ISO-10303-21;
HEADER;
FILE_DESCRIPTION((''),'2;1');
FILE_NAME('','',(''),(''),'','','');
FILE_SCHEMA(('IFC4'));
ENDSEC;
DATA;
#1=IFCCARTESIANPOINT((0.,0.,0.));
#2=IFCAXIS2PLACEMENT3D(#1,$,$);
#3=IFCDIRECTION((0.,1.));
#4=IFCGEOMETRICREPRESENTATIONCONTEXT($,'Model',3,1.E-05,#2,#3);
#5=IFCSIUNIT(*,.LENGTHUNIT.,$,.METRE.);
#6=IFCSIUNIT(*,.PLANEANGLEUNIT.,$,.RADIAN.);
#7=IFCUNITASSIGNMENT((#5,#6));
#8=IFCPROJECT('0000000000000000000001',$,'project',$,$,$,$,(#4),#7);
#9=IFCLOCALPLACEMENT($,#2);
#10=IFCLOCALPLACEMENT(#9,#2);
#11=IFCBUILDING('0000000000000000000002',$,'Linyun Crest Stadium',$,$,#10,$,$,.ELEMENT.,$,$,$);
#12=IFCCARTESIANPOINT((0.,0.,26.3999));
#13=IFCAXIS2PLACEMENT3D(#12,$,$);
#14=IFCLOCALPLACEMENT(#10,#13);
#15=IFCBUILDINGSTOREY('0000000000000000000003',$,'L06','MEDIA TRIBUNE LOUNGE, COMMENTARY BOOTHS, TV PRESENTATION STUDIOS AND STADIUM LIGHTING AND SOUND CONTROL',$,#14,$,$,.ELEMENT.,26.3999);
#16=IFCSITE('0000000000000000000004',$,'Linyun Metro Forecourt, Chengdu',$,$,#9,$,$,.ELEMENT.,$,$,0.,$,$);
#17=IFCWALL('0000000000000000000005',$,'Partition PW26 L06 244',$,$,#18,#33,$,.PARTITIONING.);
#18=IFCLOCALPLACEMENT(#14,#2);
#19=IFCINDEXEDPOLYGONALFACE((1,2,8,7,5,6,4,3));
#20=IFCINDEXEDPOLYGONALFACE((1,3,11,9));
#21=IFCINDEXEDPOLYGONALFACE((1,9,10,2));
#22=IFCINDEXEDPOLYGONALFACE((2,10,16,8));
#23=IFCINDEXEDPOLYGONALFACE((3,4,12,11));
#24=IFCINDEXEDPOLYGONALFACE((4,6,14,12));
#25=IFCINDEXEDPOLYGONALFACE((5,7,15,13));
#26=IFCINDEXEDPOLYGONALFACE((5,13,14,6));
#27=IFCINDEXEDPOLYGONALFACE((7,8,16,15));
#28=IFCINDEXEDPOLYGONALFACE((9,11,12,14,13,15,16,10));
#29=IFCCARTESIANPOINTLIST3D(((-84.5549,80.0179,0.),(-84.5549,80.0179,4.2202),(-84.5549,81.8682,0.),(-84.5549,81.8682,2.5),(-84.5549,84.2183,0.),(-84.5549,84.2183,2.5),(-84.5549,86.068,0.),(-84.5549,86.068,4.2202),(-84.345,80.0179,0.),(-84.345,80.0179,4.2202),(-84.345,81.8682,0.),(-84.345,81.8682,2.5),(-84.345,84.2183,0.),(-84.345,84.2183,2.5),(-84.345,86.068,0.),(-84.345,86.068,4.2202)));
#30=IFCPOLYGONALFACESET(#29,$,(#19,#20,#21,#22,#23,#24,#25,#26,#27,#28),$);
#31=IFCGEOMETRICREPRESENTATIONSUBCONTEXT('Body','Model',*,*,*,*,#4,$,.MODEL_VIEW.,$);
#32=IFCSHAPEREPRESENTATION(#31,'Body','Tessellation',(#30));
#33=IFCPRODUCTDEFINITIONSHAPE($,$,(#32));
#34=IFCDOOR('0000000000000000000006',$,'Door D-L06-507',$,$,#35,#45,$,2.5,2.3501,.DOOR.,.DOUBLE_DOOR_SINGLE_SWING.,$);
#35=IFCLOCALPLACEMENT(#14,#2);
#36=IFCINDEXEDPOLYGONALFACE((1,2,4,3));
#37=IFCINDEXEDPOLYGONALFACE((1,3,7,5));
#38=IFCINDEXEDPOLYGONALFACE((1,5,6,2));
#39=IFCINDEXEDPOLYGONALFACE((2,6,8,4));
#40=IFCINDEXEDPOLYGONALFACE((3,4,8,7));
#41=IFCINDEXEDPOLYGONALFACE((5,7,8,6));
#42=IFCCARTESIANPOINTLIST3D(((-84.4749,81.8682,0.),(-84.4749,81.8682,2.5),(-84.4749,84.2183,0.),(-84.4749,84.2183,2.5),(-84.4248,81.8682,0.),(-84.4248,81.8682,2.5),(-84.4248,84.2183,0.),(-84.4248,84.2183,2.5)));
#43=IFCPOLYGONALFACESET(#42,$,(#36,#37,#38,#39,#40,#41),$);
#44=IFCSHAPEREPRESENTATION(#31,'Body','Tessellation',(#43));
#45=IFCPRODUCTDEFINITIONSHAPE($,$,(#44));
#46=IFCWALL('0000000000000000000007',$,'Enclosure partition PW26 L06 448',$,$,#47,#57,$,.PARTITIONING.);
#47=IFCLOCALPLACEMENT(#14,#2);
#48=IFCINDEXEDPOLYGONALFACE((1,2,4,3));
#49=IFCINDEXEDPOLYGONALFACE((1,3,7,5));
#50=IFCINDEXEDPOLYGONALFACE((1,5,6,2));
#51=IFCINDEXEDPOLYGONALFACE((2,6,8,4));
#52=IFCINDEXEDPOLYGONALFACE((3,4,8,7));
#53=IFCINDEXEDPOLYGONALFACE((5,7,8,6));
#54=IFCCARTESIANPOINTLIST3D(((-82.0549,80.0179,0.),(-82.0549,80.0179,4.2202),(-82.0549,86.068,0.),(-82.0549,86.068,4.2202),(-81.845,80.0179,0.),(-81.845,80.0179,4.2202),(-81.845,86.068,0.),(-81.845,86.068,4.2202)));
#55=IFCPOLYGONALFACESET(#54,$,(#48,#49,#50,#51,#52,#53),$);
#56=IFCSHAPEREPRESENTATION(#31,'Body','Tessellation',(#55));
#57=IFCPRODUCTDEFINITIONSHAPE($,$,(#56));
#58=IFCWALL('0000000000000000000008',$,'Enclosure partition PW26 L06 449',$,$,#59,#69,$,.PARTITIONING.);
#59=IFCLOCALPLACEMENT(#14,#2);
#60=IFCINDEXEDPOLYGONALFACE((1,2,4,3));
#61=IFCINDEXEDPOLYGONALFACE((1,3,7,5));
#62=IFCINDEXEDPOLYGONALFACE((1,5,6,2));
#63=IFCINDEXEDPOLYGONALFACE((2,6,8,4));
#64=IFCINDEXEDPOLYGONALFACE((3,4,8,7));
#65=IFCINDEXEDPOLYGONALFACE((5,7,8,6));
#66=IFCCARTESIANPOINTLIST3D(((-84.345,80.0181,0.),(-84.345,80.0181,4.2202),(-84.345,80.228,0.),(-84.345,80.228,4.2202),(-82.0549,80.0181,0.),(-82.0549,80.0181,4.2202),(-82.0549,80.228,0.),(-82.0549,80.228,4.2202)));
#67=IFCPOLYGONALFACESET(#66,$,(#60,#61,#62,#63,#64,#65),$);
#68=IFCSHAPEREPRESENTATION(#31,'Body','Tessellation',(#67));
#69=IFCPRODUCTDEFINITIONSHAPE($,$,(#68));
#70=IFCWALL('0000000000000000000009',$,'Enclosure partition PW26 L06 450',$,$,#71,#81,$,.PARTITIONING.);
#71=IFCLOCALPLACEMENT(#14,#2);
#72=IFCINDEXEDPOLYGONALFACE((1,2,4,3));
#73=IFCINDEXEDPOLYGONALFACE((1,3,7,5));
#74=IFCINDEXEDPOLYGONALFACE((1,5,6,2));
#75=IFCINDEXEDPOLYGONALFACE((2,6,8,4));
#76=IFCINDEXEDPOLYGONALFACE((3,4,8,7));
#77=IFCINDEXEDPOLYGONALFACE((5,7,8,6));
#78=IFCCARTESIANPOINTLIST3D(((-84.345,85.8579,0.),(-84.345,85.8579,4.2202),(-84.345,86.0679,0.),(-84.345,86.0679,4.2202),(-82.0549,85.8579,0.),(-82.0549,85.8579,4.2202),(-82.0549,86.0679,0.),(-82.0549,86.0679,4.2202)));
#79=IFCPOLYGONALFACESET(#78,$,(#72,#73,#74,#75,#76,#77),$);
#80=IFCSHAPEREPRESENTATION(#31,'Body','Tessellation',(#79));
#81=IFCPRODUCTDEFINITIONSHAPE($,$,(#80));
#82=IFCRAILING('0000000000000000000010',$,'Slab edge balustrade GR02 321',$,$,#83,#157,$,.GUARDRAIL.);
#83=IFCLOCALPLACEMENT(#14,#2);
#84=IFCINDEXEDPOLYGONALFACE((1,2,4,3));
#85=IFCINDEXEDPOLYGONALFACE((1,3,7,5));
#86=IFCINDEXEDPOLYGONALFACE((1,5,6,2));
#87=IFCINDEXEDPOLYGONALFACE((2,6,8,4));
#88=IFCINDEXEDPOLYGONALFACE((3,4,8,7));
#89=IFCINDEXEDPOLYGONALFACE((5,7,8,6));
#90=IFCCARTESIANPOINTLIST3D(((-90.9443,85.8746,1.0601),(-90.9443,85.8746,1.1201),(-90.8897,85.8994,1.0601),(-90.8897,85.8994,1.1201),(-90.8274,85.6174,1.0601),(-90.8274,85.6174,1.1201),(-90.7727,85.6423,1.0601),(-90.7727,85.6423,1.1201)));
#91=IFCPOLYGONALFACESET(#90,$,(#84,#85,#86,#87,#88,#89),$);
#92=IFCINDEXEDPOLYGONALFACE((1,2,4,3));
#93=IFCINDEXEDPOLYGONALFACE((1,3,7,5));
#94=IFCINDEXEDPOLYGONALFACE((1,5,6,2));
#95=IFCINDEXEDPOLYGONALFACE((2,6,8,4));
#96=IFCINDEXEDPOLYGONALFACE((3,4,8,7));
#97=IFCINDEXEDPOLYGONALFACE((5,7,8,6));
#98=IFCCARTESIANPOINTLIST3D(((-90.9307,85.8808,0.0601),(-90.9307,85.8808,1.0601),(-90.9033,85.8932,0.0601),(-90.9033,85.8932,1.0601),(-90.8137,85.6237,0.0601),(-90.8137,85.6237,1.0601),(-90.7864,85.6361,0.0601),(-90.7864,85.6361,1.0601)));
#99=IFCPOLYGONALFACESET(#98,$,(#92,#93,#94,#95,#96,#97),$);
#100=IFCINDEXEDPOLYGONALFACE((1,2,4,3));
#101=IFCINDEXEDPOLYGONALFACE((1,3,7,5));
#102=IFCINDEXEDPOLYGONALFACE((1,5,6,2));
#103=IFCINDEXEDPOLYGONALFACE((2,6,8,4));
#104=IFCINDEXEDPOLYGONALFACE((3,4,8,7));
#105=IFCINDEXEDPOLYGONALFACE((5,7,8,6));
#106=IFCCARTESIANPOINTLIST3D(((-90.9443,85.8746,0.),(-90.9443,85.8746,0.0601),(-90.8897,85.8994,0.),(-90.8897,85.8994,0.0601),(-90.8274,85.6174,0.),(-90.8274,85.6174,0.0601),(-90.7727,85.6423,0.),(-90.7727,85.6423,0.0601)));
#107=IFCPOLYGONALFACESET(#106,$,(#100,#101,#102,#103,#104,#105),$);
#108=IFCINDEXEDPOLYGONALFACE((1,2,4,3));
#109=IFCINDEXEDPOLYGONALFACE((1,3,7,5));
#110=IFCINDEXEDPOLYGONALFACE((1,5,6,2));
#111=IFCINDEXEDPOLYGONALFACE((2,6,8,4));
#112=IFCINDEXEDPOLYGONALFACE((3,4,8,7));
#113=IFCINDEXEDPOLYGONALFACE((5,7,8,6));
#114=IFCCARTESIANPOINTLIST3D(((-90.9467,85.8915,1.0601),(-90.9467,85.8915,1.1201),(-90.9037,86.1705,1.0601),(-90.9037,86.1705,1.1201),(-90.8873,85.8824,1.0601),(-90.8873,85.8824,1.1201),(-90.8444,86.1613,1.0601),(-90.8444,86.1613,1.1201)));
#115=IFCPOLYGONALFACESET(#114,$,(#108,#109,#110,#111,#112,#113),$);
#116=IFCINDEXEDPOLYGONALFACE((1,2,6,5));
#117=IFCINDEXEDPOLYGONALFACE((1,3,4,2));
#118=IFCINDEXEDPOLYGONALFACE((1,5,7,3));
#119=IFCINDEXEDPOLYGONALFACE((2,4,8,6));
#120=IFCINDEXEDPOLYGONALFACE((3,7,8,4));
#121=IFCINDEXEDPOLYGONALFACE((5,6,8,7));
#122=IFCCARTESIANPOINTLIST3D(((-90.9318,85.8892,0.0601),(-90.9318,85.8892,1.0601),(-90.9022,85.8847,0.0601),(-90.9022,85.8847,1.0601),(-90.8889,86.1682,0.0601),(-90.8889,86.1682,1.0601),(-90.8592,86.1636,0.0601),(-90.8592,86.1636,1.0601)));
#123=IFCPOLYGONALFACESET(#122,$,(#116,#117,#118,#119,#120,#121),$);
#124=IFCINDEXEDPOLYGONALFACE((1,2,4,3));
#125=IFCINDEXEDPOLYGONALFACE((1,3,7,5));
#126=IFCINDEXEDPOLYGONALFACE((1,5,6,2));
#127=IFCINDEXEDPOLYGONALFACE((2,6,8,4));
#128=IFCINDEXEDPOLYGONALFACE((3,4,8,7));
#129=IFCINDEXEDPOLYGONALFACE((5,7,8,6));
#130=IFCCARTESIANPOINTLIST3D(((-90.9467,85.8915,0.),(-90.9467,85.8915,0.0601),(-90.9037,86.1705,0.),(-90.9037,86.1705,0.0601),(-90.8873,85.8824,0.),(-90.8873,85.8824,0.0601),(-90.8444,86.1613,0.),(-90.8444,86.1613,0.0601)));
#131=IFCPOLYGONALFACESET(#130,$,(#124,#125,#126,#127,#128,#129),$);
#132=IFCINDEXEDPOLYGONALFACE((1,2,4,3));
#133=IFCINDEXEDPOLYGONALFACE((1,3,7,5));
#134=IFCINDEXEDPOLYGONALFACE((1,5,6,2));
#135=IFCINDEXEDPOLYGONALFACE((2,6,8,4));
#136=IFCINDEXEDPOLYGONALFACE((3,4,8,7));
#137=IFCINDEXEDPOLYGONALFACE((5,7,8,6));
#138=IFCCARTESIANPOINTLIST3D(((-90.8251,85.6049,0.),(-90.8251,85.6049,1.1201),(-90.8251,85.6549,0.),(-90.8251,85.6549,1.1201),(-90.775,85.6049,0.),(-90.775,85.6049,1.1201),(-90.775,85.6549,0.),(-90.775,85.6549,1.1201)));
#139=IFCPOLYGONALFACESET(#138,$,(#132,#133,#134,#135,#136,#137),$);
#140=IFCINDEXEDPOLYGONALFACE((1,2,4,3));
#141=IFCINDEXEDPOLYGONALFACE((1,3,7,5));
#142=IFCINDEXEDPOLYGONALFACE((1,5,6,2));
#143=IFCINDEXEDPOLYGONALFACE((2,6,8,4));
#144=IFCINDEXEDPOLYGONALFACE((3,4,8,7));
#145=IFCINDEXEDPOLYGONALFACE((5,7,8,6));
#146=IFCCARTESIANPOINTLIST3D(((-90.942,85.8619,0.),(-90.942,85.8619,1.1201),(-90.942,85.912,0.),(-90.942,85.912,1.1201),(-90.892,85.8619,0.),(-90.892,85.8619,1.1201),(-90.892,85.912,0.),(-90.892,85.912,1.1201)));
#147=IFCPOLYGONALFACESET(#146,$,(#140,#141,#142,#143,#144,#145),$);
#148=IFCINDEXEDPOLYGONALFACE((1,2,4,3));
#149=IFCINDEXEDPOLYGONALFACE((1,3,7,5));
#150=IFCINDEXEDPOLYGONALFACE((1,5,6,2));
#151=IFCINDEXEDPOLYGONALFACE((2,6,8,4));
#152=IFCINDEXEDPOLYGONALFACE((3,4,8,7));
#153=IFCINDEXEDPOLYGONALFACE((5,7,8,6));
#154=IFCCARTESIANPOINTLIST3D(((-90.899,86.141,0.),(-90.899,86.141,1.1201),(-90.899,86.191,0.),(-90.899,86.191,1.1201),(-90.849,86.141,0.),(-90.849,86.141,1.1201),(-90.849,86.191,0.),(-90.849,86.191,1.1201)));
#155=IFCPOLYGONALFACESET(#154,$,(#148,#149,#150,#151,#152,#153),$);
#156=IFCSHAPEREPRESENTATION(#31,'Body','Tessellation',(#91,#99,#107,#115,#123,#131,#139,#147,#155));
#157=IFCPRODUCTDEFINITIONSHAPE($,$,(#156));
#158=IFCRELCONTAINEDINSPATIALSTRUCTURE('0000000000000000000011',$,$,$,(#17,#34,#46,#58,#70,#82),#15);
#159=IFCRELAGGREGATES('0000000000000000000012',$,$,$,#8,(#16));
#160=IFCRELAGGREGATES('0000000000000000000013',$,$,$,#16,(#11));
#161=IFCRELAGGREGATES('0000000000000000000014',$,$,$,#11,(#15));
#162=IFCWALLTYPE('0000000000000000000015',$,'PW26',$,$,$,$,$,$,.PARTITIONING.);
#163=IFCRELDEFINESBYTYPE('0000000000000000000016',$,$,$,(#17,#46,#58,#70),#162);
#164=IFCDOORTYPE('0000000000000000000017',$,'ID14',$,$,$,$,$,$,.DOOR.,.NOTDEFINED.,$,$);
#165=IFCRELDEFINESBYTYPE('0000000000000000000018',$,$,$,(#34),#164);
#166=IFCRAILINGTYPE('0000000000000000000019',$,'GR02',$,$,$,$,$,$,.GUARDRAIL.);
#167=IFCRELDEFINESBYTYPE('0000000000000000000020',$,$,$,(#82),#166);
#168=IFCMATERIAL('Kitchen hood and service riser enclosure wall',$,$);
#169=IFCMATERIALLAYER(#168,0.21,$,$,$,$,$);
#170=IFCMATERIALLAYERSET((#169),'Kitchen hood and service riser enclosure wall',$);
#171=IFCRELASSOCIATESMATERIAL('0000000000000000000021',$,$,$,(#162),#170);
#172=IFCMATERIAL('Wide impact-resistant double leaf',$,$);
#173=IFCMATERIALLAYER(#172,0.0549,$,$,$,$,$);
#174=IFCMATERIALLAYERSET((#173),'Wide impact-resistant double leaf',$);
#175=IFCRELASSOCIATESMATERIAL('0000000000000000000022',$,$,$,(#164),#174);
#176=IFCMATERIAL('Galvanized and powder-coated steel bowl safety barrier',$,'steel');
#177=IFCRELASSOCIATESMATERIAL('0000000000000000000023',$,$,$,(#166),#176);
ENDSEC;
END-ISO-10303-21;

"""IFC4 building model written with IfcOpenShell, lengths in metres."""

from ifc_helpers import new_model, si_unit, direction, frame, frame_2d, origin, origin_2d, place, context, subcontext, project, spatial, rectangle, extrude, material, layer, layer_set, type_object, element, fill, save


model = new_model("IFC4")

# Units and contexts
model_context = context("Model", 3, precision=1e-05, world=origin(), true_north=direction((0.0, 1.0)))
body_context = subcontext(model_context, "Body", "Model", "MODEL_VIEW")
ifc_project = project(units=[si_unit("LENGTHUNIT", "METRE"), si_unit("PLANEANGLEUNIT", "RADIAN")], contexts=[model_context])

# Site, building, storey
site_placement = place(None, origin())
site = spatial("IfcSite", under=ifc_project, at=site_placement, Name="Linyun Metro Forecourt, Chengdu", CompositionType="ELEMENT", RefElevation=0.0)
building_placement = place(site_placement, origin())
building = spatial("IfcBuilding", under=site, at=building_placement, Name="Linyun Crest Stadium", CompositionType="ELEMENT")
storey_placement = place(building_placement, frame((0.0, 0.0, 26.3999)))
storey = spatial("IfcBuildingStorey", under=building, at=storey_placement, Name="L06", Description="MEDIA TRIBUNE LOUNGE, COMMENTARY BOOTHS, TV PRESENTATION STUDIOS AND STADIUM LIGHTING AND SOUND CONTROL", CompositionType="ELEMENT", Elevation=26.3999)

# Wall, opening, door
ifc_material_1 = material(Name="Kitchen hood and service riser enclosure wall")
ifc_layer_1 = layer(ifc_material_1, 0.21)
ifc_layer_set_1 = layer_set([ifc_layer_1], Name="Kitchen hood and service riser enclosure wall")
wall_type = type_object("IfcWallType", Name="PW26", PredefinedType="PARTITIONING", material=ifc_layer_set_1)
wall_1_placement = place(storey_placement, frame((-84.45, 80.0181, 0.0), z_axis=(0.0, 0.0, 1.0), x_axis=(0.0, 1.0, 0.0)))
wall_1 = element("IfcWall", 1, at=wall_1_placement, inside=storey, type_object=wall_type, Name="Partition PW26 L06 244", PredefinedType="PARTITIONING", context=body_context, shape_type="SweptSolid", body=[
    extrude(rectangle(XDim=6.05, YDim=0.21, at=frame_2d((3.0249, 0.0))), origin(), (0.0, 0.0, 1.0), 4.2202),
])
opening_placement = place(wall_1_placement, frame((1.8501, 0.0, 0.0)))
opening = element("IfcOpeningElement", 2, at=opening_placement, cuts=wall_1, PredefinedType="OPENING", context=body_context, shape_type="SweptSolid", body=[
    extrude(rectangle(XDim=2.3501, YDim=2.5, at=frame_2d((1.175, 1.25))), frame((0.0, 0.115, 0.0), z_axis=(0.0, -1.0, 0.0), x_axis=(1.0, 0.0, 0.0)), (0.0, 0.0, 1.0), 0.23),
])
ifc_material_2 = material(Name="Wide impact-resistant double leaf")
ifc_layer_2 = layer(ifc_material_2, 0.0549)
ifc_layer_set_2 = layer_set([ifc_layer_2], Name="Wide impact-resistant double leaf")
door_type = type_object("IfcDoorType", Name="ID14", OperationType="NOTDEFINED", PredefinedType="DOOR", material=ifc_layer_set_2)
door_placement = place(opening_placement, origin())
door = element("IfcDoor", 3, at=door_placement, inside=storey, type_object=door_type, Name="Door D-L06-507", OperationType="DOUBLE_DOOR_SINGLE_SWING", OverallHeight=2.5, OverallWidth=2.3501, PredefinedType="DOOR", context=body_context, shape_type="SweptSolid", body=[
    extrude(rectangle(XDim=2.3501, YDim=2.5, at=frame_2d((1.175, 1.25))), frame((0.0, 0.0249, 0.0), z_axis=(0.0, -1.0, 0.0), x_axis=(1.0, 0.0, 0.0)), (0.0, 0.0, 1.0), 0.05),
])
fill(opening, door)

# Walls
wall_2_placement = place(storey_placement, frame((-81.95, 80.0181, 0.0), z_axis=(0.0, 0.0, 1.0), x_axis=(0.0, 1.0, 0.0)))
element("IfcWall", 4, at=wall_2_placement, inside=storey, type_object=wall_type, Name="Enclosure partition PW26 L06 448", PredefinedType="PARTITIONING", context=body_context, shape_type="SweptSolid", body=[
    extrude(rectangle(XDim=6.05, YDim=0.21, at=frame_2d((3.0249, 0.0))), origin(), (0.0, 0.0, 1.0), 4.2202),
])
for number, where, z_axis, x_axis, name in (
    (5, (-84.345, 80.123, 0.0), (0.0, 0.0, 1.0), (1.0, 0.0, 0.0), "Enclosure partition PW26 L06 449"),
    (6, (-84.345, 85.9629, 0.0), (0.0, 0.0, 1.0), (1.0, 0.0, 0.0), "Enclosure partition PW26 L06 450"),
):
    element("IfcWall", number, at=place(storey_placement, frame(where, z_axis=z_axis, x_axis=x_axis)), inside=storey, type_object=wall_type, Name=name, PredefinedType="PARTITIONING", context=body_context, shape_type="SweptSolid", body=[
        extrude(rectangle(XDim=2.29, YDim=0.21, at=frame_2d((1.145, 0.0))), origin(), (0.0, 0.0, 1.0), 4.2202),
    ])

# Railing
ifc_material_3 = material(Name="Galvanized and powder-coated steel bowl safety barrier", Category="steel")
railing_type = type_object("IfcRailingType", Name="GR02", PredefinedType="GUARDRAIL", material=ifc_material_3)
railing_placement = place(storey_placement, frame((-90.8, 85.6299, 0.0)))
element("IfcRailing", 7, at=railing_placement, inside=storey, type_object=railing_type, Name="Slab edge balustrade GR02 321", PredefinedType="GUARDRAIL", context=body_context, shape_type="SweptSolid", body=[
    extrude(rectangle(XDim=0.0601, YDim=0.0601, at=origin_2d()), frame((0.0, 0.0, 1.0901), z_axis=(-0.414063, 0.910248, 0.0), x_axis=(-0.910248, -0.414063, 0.0)), (0.0, 0.0, 1.0), 0.2825),
    extrude(rectangle(XDim=0.03, YDim=1.0, at=origin_2d()), frame((0.0, 0.0, 0.5601), z_axis=(-0.414063, 0.910248, 0.0), x_axis=(-0.910248, -0.414063, 0.0)), (0.0, 0.0, 1.0), 0.2825),
    extrude(rectangle(XDim=0.0601, YDim=0.0601, at=origin_2d()), frame((0.0, 0.0, 0.03), z_axis=(-0.414063, 0.910248, 0.0), x_axis=(-0.910248, -0.414063, 0.0)), (0.0, 0.0, 1.0), 0.2825),
    extrude(rectangle(XDim=0.0601, YDim=0.0601, at=origin_2d()), frame((-0.1169, 0.2571, 1.0901), z_axis=(0.152187, 0.988352, 0.0), x_axis=(-0.988352, 0.152187, 0.0)), (0.0, 0.0, 1.0), 0.2822),
    extrude(rectangle(XDim=0.03, YDim=1.0, at=origin_2d()), frame((-0.1169, 0.2571, 0.5601), z_axis=(0.152187, 0.988352, 0.0), x_axis=(-0.988352, 0.152187, 0.0)), (0.0, 0.0, 1.0), 0.2822),
    extrude(rectangle(XDim=0.0601, YDim=0.0601, at=origin_2d()), frame((-0.1169, 0.2571, 0.03), z_axis=(0.152187, 0.988352, 0.0), x_axis=(-0.988352, 0.152187, 0.0)), (0.0, 0.0, 1.0), 0.2822),
    extrude(rectangle(XDim=0.05, YDim=0.05, at=origin_2d()), origin(), (0.0, 0.0, 1.0), 1.1201),
    extrude(rectangle(XDim=0.05, YDim=0.05, at=origin_2d()), frame((-0.1169, 0.2571, 0.0)), (0.0, 0.0, 1.0), 1.1201),
    extrude(rectangle(XDim=0.05, YDim=0.05, at=origin_2d()), frame((-0.074, 0.5361, 0.0)), (0.0, 0.0, 1.0), 1.1201),
])

save(model, "model.ifc")
